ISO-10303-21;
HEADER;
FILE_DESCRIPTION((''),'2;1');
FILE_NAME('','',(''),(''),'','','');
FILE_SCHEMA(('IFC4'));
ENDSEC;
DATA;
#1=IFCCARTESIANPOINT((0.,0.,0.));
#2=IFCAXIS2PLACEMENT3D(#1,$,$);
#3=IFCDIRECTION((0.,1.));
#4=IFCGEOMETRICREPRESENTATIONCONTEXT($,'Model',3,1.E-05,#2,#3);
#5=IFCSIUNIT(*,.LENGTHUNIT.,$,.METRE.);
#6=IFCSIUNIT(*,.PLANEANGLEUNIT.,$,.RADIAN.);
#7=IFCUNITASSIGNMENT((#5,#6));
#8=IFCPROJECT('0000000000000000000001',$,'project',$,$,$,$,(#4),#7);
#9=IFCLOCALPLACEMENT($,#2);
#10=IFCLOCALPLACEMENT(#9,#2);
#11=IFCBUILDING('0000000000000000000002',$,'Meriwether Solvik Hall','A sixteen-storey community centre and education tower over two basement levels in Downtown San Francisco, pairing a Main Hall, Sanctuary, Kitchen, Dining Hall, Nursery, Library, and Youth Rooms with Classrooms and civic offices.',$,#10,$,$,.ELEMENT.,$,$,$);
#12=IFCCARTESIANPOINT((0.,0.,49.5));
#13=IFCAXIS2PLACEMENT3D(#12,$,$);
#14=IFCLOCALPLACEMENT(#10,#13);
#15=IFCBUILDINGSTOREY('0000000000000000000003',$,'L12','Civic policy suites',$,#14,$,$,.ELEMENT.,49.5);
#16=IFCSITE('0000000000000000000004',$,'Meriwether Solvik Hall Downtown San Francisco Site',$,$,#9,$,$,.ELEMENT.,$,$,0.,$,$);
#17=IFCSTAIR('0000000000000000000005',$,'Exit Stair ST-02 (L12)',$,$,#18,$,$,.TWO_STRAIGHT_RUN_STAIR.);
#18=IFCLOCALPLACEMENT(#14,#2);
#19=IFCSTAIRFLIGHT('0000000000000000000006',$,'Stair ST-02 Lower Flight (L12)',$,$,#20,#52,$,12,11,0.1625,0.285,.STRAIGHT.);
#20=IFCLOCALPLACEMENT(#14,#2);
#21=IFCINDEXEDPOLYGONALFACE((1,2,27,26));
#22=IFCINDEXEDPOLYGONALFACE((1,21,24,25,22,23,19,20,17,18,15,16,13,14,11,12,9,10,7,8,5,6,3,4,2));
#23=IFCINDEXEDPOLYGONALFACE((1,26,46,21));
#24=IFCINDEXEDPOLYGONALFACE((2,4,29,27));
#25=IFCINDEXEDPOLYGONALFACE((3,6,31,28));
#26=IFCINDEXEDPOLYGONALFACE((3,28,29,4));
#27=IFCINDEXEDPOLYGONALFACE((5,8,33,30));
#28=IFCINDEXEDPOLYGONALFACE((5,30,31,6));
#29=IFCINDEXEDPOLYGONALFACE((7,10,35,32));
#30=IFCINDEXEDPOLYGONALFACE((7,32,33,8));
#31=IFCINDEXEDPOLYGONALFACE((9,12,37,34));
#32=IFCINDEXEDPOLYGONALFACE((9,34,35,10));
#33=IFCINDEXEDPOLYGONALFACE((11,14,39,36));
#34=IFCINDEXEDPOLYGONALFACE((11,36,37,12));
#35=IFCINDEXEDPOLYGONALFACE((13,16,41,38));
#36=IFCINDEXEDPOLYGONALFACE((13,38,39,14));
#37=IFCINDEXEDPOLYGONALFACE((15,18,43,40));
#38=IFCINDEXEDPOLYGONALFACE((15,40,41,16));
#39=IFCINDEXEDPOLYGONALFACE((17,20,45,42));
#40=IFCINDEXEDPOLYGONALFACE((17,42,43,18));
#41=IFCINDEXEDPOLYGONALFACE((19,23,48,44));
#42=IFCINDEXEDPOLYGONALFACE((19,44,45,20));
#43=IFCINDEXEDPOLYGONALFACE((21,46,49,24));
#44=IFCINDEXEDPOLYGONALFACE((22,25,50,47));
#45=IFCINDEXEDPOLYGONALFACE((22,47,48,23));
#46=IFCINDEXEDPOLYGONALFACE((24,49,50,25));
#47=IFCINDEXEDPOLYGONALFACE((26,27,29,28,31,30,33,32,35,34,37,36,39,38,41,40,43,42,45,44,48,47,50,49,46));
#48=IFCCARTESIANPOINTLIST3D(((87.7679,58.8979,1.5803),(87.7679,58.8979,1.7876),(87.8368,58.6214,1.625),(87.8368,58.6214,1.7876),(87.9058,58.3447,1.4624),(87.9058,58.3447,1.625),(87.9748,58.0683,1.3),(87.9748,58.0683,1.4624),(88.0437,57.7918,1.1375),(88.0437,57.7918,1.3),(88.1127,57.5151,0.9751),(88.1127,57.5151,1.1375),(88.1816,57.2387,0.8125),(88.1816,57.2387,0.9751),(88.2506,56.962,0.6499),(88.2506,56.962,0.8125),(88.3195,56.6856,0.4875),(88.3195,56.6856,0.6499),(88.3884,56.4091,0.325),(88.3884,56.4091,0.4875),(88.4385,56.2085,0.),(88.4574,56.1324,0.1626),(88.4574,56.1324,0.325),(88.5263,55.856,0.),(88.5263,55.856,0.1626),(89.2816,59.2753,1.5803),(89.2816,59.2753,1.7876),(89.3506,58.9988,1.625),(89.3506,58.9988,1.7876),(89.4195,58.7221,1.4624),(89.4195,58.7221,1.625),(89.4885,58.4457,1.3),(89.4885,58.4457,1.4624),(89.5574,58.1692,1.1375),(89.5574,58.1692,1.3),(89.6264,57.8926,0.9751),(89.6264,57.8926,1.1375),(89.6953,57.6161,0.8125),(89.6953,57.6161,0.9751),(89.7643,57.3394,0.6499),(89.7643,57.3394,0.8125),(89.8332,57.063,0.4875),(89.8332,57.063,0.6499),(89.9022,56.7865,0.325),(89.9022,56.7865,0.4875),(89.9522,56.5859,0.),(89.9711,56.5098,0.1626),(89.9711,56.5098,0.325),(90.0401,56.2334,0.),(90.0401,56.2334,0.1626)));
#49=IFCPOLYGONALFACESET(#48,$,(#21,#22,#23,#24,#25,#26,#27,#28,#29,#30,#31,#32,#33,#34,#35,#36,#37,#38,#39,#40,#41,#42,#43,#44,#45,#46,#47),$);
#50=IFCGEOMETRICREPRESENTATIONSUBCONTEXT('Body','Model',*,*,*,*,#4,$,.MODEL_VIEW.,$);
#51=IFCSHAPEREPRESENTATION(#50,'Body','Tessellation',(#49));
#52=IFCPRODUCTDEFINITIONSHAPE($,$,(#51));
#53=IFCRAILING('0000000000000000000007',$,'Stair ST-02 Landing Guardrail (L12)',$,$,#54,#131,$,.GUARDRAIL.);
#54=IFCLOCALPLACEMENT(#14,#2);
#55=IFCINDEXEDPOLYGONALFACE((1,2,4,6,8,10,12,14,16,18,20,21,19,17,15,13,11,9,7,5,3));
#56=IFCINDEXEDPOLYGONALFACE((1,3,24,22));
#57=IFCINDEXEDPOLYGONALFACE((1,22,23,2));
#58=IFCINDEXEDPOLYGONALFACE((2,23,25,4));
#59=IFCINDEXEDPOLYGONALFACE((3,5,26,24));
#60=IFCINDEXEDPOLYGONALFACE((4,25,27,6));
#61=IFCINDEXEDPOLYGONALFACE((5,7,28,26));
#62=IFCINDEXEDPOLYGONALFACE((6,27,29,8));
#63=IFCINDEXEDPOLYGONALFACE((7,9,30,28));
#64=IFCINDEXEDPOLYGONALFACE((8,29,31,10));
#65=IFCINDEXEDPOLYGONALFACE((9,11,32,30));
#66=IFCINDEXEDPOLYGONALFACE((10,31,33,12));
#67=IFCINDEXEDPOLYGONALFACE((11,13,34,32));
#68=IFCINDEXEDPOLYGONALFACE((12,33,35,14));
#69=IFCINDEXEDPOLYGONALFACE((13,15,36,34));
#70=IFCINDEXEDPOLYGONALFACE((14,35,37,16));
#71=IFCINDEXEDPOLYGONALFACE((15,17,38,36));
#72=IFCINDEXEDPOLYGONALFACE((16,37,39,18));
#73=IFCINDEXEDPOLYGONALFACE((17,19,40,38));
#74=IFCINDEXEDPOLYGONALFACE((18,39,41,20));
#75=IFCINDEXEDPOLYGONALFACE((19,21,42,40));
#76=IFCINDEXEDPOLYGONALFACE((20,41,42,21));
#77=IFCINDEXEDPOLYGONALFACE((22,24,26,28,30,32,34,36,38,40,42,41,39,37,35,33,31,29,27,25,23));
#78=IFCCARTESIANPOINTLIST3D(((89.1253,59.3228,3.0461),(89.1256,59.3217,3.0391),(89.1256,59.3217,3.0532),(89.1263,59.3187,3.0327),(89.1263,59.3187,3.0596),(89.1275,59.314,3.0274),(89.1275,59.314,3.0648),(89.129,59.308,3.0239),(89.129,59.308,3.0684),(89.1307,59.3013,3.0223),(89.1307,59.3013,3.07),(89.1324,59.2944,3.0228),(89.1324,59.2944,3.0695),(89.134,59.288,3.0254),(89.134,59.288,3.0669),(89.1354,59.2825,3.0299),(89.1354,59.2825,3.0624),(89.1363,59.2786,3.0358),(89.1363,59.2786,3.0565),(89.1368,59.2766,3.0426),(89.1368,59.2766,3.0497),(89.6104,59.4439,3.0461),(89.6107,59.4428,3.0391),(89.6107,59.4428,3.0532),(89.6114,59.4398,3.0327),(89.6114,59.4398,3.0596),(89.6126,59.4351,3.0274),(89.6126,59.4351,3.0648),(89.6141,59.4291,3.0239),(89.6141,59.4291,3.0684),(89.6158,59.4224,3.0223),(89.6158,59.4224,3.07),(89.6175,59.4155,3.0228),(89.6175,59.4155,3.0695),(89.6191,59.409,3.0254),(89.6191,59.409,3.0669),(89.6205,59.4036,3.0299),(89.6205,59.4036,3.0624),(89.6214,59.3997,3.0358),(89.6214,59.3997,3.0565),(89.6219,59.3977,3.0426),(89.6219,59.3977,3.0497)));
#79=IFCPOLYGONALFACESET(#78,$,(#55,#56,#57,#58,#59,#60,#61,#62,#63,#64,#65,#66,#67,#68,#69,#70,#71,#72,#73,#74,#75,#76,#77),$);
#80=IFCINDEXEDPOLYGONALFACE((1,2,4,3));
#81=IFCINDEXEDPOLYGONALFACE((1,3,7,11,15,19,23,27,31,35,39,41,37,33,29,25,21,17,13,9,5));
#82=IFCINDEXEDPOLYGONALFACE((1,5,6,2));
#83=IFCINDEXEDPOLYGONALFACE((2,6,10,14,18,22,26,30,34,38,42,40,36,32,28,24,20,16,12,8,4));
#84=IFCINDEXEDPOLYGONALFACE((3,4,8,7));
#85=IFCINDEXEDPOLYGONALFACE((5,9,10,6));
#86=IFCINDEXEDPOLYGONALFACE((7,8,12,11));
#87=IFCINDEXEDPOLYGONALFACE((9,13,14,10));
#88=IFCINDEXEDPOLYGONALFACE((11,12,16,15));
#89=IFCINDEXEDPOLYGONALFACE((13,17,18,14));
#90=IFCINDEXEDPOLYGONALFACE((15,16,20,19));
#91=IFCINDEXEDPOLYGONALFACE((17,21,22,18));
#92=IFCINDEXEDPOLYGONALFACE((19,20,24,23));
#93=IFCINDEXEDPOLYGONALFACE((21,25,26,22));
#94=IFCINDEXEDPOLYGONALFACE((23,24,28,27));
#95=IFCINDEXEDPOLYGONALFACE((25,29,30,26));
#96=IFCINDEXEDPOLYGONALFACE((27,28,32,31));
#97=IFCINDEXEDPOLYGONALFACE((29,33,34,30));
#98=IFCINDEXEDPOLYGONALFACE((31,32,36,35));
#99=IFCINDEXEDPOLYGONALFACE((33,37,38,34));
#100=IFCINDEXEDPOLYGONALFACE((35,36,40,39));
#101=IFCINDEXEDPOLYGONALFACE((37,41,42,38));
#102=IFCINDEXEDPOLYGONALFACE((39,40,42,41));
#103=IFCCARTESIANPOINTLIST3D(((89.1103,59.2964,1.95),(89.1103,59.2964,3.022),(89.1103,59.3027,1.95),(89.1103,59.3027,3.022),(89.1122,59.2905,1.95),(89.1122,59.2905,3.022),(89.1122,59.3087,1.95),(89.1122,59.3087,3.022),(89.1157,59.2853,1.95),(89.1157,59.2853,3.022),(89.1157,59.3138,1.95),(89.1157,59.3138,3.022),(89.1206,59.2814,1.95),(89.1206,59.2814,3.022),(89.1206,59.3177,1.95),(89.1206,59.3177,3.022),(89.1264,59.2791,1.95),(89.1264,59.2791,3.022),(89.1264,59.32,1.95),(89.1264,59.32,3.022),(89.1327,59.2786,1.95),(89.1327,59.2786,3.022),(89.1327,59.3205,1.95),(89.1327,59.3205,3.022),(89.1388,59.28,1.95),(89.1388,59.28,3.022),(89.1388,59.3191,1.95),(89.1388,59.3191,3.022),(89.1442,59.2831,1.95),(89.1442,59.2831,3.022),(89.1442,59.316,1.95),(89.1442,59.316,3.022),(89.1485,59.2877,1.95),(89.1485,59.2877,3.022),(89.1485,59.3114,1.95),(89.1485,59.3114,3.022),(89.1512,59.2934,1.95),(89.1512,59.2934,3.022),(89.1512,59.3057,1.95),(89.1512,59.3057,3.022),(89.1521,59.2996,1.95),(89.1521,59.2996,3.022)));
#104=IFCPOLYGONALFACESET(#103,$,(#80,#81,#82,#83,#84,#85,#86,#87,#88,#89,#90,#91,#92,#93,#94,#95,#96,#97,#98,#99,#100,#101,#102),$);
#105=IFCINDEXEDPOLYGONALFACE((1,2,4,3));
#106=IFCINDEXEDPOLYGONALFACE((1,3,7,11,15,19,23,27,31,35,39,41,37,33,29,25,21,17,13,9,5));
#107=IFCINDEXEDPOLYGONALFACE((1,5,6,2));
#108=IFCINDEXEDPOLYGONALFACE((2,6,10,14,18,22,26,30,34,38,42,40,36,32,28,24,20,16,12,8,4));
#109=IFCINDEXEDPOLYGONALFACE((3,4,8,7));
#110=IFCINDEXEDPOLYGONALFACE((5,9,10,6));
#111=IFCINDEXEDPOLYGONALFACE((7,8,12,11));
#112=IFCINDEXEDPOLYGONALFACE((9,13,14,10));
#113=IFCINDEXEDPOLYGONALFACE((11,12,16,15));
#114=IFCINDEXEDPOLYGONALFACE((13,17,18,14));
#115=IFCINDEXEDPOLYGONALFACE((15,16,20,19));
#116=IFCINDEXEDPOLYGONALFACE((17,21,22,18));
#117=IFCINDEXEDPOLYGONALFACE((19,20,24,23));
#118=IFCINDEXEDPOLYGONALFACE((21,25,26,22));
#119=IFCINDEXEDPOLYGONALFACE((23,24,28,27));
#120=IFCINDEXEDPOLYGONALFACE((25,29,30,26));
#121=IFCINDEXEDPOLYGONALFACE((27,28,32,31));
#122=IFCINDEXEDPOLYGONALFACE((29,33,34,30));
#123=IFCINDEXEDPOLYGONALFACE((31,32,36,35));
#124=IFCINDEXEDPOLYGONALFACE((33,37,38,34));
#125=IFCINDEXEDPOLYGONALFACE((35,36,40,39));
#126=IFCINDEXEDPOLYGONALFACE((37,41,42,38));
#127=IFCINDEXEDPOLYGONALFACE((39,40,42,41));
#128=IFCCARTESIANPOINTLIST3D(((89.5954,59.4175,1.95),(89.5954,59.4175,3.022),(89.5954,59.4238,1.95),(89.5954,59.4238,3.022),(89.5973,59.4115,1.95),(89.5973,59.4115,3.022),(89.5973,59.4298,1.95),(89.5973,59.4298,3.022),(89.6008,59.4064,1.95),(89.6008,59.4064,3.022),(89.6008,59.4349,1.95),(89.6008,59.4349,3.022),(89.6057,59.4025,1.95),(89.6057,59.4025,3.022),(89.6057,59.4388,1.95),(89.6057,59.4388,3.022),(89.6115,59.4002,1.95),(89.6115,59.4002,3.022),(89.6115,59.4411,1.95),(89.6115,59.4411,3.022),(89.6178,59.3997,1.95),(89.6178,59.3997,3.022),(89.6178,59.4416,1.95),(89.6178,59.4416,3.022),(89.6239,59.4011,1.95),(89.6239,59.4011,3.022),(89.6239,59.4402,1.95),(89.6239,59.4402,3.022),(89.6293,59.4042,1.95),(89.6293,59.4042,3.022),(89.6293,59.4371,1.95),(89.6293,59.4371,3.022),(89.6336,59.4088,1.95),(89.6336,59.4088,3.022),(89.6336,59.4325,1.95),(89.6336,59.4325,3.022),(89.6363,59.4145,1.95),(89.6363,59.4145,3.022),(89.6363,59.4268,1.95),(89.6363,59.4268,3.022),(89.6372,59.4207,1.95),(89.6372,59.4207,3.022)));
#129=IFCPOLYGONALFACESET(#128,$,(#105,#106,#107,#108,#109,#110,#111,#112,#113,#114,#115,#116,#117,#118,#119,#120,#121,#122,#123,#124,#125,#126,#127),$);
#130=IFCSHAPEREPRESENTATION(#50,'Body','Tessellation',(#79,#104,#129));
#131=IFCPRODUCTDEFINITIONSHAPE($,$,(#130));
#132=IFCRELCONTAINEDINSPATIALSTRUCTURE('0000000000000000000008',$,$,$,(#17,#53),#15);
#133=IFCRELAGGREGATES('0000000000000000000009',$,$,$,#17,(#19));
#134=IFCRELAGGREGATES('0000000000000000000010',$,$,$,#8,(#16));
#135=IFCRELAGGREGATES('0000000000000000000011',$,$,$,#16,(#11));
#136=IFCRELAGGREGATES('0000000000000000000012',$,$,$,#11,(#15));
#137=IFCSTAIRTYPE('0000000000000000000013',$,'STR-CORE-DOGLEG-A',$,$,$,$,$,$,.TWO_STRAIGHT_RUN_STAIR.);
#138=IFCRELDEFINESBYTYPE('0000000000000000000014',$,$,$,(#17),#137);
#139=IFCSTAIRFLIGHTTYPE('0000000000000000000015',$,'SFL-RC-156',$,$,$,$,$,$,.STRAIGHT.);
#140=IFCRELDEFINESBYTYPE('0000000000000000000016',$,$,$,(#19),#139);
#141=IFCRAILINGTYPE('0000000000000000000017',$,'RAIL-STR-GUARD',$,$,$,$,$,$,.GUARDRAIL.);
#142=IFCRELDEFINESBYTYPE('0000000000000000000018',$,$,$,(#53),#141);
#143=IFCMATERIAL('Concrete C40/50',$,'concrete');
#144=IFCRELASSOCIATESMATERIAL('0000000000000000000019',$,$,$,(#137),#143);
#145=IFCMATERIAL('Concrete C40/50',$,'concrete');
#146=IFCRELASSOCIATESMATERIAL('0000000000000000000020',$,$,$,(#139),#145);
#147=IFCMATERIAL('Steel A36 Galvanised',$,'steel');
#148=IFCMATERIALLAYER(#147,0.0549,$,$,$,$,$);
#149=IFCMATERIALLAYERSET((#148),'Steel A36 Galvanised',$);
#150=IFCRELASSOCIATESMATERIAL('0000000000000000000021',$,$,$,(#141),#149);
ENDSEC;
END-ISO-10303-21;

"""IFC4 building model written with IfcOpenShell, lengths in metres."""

from ifc_helpers import new_model, si_unit, direction, frame, origin, origin_2d, place, context, subcontext, project, spatial, polyline, circle, outline, extrude, material, layer, layer_set, type_object, element, aggregate, save


model = new_model("IFC4")

# Units and contexts
model_context = context("Model", 3, precision=1e-05, world=origin(), true_north=direction((0.0, 1.0)))
body_context = subcontext(model_context, "Body", "Model", "MODEL_VIEW")
ifc_project = project(units=[si_unit("LENGTHUNIT", "METRE"), si_unit("PLANEANGLEUNIT", "RADIAN")], contexts=[model_context])

# Site, building, storey
site_placement = place(None, origin())
site = spatial("IfcSite", under=ifc_project, at=site_placement, Name="Meriwether Solvik Hall Downtown San Francisco Site", CompositionType="ELEMENT", RefElevation=0.0)
building_placement = place(site_placement, origin())
building = spatial("IfcBuilding", under=site, at=building_placement, Name="Meriwether Solvik Hall", Description="A sixteen-storey community centre and education tower over two basement levels in Downtown San Francisco, pairing a Main Hall, Sanctuary, Kitchen, Dining Hall, Nursery, Library, and Youth Rooms with Classrooms and civic offices.", CompositionType="ELEMENT")
storey_placement = place(building_placement, frame((0.0, 0.0, 49.5)))
storey = spatial("IfcBuildingStorey", under=building, at=storey_placement, Name="L12", Description="Civic policy suites", CompositionType="ELEMENT", Elevation=49.5)

# Stair, stair flight
ifc_material_1 = material(Name="Concrete C40/50", Category="concrete")
stair_type = type_object("IfcStairType", Name="STR-CORE-DOGLEG-A", PredefinedType="TWO_STRAIGHT_RUN_STAIR", material=ifc_material_1)
stair_placement = place(storey_placement, origin())
stair = element("IfcStair", 1, at=stair_placement, inside=storey, type_object=stair_type, Name="Exit Stair ST-02 (L12)", PredefinedType="TWO_STRAIGHT_RUN_STAIR")
ifc_material_2 = material(Name="Concrete C40/50", Category="concrete")
stair_flight_type = type_object("IfcStairFlightType", Name="SFL-RC-156", PredefinedType="STRAIGHT", material=ifc_material_2)
stair_flight_placement = place(storey_placement, frame((89.2832, 56.0447, 0.0), z_axis=(0.0, 0.0, 1.0), x_axis=(-0.241922, 0.970296, 0.0)))
stair_flight = element("IfcStairFlight", 2, at=stair_flight_placement, type_object=stair_flight_type, Name="Stair ST-02 Lower Flight (L12)", NumberOfRisers=12, NumberOfTreads=11, PredefinedType="STRAIGHT", RiserHeight=0.1625, TreadLength=0.285, context=body_context, shape_type="SweptSolid", body=[
    extrude(outline(polyline([(0.0, 0.0), (0.0, 0.1626), (0.2849, 0.1626), (0.2849, 0.325), (0.5701, 0.325), (0.5701, 0.4875), (0.855, 0.4875), (0.855, 0.6499), (1.1399, 0.6499), (1.1399, 0.8125), (1.425, 0.8125), (1.425, 0.9751), (1.71, 0.9751), (1.71, 1.1375), (1.9951, 1.1375), (1.9951, 1.3), (2.28, 1.3), (2.28, 1.4624), (2.5649, 1.4624), (2.5649, 1.625), (2.8501, 1.625), (2.8501, 1.7876), (3.135, 1.7876), (3.135, 1.95), (3.135, 1.5803), (0.3633, 0.0), (0.0, 0.0)])), frame((0.0, 0.78, 0.0), z_axis=(0.0, -1.0, 0.0), x_axis=(1.0, 0.0, 0.0)), (0.0, 0.0, 1.0), 1.5601),
])
aggregate(stair, [stair_flight])

# Railing
ifc_material_3 = material(Name="Steel A36 Galvanised", Category="steel")
ifc_layer_1 = layer(ifc_material_3, 0.0549)
ifc_layer_set_1 = layer_set([ifc_layer_1], Name="Steel A36 Galvanised")
railing_type_1 = type_object("IfcRailingType", Name="RAIL-STR-GUARD", PredefinedType="GUARDRAIL", material=ifc_layer_set_1)
railing_1_placement = place(storey_placement, frame((89.1311, 59.2996, 1.95)))
element("IfcRailing", 3, at=railing_1_placement, inside=storey, type_object=railing_type_1, Name="Stair ST-02 Landing Guardrail (L12)", PredefinedType="GUARDRAIL", context=body_context, shape_type="SweptSolid", body=[
    extrude(circle(Radius=0.0239, at=origin_2d()), frame((0.0, 0.0, 1.0962), z_axis=(0.970229, 0.242191, 0.0), x_axis=(-0.242191, 0.970229, 0.0)), (0.0, 0.0, 1.0), 0.5),
    extrude(circle(Radius=0.021, at=origin_2d()), origin(), (0.0, 0.0, 1.0), 1.072),
    extrude(circle(Radius=0.021, at=origin_2d()), frame((0.4851, 0.1211, 0.0)), (0.0, 0.0, 1.0), 1.072),
])

save(model, "model.ifc")
